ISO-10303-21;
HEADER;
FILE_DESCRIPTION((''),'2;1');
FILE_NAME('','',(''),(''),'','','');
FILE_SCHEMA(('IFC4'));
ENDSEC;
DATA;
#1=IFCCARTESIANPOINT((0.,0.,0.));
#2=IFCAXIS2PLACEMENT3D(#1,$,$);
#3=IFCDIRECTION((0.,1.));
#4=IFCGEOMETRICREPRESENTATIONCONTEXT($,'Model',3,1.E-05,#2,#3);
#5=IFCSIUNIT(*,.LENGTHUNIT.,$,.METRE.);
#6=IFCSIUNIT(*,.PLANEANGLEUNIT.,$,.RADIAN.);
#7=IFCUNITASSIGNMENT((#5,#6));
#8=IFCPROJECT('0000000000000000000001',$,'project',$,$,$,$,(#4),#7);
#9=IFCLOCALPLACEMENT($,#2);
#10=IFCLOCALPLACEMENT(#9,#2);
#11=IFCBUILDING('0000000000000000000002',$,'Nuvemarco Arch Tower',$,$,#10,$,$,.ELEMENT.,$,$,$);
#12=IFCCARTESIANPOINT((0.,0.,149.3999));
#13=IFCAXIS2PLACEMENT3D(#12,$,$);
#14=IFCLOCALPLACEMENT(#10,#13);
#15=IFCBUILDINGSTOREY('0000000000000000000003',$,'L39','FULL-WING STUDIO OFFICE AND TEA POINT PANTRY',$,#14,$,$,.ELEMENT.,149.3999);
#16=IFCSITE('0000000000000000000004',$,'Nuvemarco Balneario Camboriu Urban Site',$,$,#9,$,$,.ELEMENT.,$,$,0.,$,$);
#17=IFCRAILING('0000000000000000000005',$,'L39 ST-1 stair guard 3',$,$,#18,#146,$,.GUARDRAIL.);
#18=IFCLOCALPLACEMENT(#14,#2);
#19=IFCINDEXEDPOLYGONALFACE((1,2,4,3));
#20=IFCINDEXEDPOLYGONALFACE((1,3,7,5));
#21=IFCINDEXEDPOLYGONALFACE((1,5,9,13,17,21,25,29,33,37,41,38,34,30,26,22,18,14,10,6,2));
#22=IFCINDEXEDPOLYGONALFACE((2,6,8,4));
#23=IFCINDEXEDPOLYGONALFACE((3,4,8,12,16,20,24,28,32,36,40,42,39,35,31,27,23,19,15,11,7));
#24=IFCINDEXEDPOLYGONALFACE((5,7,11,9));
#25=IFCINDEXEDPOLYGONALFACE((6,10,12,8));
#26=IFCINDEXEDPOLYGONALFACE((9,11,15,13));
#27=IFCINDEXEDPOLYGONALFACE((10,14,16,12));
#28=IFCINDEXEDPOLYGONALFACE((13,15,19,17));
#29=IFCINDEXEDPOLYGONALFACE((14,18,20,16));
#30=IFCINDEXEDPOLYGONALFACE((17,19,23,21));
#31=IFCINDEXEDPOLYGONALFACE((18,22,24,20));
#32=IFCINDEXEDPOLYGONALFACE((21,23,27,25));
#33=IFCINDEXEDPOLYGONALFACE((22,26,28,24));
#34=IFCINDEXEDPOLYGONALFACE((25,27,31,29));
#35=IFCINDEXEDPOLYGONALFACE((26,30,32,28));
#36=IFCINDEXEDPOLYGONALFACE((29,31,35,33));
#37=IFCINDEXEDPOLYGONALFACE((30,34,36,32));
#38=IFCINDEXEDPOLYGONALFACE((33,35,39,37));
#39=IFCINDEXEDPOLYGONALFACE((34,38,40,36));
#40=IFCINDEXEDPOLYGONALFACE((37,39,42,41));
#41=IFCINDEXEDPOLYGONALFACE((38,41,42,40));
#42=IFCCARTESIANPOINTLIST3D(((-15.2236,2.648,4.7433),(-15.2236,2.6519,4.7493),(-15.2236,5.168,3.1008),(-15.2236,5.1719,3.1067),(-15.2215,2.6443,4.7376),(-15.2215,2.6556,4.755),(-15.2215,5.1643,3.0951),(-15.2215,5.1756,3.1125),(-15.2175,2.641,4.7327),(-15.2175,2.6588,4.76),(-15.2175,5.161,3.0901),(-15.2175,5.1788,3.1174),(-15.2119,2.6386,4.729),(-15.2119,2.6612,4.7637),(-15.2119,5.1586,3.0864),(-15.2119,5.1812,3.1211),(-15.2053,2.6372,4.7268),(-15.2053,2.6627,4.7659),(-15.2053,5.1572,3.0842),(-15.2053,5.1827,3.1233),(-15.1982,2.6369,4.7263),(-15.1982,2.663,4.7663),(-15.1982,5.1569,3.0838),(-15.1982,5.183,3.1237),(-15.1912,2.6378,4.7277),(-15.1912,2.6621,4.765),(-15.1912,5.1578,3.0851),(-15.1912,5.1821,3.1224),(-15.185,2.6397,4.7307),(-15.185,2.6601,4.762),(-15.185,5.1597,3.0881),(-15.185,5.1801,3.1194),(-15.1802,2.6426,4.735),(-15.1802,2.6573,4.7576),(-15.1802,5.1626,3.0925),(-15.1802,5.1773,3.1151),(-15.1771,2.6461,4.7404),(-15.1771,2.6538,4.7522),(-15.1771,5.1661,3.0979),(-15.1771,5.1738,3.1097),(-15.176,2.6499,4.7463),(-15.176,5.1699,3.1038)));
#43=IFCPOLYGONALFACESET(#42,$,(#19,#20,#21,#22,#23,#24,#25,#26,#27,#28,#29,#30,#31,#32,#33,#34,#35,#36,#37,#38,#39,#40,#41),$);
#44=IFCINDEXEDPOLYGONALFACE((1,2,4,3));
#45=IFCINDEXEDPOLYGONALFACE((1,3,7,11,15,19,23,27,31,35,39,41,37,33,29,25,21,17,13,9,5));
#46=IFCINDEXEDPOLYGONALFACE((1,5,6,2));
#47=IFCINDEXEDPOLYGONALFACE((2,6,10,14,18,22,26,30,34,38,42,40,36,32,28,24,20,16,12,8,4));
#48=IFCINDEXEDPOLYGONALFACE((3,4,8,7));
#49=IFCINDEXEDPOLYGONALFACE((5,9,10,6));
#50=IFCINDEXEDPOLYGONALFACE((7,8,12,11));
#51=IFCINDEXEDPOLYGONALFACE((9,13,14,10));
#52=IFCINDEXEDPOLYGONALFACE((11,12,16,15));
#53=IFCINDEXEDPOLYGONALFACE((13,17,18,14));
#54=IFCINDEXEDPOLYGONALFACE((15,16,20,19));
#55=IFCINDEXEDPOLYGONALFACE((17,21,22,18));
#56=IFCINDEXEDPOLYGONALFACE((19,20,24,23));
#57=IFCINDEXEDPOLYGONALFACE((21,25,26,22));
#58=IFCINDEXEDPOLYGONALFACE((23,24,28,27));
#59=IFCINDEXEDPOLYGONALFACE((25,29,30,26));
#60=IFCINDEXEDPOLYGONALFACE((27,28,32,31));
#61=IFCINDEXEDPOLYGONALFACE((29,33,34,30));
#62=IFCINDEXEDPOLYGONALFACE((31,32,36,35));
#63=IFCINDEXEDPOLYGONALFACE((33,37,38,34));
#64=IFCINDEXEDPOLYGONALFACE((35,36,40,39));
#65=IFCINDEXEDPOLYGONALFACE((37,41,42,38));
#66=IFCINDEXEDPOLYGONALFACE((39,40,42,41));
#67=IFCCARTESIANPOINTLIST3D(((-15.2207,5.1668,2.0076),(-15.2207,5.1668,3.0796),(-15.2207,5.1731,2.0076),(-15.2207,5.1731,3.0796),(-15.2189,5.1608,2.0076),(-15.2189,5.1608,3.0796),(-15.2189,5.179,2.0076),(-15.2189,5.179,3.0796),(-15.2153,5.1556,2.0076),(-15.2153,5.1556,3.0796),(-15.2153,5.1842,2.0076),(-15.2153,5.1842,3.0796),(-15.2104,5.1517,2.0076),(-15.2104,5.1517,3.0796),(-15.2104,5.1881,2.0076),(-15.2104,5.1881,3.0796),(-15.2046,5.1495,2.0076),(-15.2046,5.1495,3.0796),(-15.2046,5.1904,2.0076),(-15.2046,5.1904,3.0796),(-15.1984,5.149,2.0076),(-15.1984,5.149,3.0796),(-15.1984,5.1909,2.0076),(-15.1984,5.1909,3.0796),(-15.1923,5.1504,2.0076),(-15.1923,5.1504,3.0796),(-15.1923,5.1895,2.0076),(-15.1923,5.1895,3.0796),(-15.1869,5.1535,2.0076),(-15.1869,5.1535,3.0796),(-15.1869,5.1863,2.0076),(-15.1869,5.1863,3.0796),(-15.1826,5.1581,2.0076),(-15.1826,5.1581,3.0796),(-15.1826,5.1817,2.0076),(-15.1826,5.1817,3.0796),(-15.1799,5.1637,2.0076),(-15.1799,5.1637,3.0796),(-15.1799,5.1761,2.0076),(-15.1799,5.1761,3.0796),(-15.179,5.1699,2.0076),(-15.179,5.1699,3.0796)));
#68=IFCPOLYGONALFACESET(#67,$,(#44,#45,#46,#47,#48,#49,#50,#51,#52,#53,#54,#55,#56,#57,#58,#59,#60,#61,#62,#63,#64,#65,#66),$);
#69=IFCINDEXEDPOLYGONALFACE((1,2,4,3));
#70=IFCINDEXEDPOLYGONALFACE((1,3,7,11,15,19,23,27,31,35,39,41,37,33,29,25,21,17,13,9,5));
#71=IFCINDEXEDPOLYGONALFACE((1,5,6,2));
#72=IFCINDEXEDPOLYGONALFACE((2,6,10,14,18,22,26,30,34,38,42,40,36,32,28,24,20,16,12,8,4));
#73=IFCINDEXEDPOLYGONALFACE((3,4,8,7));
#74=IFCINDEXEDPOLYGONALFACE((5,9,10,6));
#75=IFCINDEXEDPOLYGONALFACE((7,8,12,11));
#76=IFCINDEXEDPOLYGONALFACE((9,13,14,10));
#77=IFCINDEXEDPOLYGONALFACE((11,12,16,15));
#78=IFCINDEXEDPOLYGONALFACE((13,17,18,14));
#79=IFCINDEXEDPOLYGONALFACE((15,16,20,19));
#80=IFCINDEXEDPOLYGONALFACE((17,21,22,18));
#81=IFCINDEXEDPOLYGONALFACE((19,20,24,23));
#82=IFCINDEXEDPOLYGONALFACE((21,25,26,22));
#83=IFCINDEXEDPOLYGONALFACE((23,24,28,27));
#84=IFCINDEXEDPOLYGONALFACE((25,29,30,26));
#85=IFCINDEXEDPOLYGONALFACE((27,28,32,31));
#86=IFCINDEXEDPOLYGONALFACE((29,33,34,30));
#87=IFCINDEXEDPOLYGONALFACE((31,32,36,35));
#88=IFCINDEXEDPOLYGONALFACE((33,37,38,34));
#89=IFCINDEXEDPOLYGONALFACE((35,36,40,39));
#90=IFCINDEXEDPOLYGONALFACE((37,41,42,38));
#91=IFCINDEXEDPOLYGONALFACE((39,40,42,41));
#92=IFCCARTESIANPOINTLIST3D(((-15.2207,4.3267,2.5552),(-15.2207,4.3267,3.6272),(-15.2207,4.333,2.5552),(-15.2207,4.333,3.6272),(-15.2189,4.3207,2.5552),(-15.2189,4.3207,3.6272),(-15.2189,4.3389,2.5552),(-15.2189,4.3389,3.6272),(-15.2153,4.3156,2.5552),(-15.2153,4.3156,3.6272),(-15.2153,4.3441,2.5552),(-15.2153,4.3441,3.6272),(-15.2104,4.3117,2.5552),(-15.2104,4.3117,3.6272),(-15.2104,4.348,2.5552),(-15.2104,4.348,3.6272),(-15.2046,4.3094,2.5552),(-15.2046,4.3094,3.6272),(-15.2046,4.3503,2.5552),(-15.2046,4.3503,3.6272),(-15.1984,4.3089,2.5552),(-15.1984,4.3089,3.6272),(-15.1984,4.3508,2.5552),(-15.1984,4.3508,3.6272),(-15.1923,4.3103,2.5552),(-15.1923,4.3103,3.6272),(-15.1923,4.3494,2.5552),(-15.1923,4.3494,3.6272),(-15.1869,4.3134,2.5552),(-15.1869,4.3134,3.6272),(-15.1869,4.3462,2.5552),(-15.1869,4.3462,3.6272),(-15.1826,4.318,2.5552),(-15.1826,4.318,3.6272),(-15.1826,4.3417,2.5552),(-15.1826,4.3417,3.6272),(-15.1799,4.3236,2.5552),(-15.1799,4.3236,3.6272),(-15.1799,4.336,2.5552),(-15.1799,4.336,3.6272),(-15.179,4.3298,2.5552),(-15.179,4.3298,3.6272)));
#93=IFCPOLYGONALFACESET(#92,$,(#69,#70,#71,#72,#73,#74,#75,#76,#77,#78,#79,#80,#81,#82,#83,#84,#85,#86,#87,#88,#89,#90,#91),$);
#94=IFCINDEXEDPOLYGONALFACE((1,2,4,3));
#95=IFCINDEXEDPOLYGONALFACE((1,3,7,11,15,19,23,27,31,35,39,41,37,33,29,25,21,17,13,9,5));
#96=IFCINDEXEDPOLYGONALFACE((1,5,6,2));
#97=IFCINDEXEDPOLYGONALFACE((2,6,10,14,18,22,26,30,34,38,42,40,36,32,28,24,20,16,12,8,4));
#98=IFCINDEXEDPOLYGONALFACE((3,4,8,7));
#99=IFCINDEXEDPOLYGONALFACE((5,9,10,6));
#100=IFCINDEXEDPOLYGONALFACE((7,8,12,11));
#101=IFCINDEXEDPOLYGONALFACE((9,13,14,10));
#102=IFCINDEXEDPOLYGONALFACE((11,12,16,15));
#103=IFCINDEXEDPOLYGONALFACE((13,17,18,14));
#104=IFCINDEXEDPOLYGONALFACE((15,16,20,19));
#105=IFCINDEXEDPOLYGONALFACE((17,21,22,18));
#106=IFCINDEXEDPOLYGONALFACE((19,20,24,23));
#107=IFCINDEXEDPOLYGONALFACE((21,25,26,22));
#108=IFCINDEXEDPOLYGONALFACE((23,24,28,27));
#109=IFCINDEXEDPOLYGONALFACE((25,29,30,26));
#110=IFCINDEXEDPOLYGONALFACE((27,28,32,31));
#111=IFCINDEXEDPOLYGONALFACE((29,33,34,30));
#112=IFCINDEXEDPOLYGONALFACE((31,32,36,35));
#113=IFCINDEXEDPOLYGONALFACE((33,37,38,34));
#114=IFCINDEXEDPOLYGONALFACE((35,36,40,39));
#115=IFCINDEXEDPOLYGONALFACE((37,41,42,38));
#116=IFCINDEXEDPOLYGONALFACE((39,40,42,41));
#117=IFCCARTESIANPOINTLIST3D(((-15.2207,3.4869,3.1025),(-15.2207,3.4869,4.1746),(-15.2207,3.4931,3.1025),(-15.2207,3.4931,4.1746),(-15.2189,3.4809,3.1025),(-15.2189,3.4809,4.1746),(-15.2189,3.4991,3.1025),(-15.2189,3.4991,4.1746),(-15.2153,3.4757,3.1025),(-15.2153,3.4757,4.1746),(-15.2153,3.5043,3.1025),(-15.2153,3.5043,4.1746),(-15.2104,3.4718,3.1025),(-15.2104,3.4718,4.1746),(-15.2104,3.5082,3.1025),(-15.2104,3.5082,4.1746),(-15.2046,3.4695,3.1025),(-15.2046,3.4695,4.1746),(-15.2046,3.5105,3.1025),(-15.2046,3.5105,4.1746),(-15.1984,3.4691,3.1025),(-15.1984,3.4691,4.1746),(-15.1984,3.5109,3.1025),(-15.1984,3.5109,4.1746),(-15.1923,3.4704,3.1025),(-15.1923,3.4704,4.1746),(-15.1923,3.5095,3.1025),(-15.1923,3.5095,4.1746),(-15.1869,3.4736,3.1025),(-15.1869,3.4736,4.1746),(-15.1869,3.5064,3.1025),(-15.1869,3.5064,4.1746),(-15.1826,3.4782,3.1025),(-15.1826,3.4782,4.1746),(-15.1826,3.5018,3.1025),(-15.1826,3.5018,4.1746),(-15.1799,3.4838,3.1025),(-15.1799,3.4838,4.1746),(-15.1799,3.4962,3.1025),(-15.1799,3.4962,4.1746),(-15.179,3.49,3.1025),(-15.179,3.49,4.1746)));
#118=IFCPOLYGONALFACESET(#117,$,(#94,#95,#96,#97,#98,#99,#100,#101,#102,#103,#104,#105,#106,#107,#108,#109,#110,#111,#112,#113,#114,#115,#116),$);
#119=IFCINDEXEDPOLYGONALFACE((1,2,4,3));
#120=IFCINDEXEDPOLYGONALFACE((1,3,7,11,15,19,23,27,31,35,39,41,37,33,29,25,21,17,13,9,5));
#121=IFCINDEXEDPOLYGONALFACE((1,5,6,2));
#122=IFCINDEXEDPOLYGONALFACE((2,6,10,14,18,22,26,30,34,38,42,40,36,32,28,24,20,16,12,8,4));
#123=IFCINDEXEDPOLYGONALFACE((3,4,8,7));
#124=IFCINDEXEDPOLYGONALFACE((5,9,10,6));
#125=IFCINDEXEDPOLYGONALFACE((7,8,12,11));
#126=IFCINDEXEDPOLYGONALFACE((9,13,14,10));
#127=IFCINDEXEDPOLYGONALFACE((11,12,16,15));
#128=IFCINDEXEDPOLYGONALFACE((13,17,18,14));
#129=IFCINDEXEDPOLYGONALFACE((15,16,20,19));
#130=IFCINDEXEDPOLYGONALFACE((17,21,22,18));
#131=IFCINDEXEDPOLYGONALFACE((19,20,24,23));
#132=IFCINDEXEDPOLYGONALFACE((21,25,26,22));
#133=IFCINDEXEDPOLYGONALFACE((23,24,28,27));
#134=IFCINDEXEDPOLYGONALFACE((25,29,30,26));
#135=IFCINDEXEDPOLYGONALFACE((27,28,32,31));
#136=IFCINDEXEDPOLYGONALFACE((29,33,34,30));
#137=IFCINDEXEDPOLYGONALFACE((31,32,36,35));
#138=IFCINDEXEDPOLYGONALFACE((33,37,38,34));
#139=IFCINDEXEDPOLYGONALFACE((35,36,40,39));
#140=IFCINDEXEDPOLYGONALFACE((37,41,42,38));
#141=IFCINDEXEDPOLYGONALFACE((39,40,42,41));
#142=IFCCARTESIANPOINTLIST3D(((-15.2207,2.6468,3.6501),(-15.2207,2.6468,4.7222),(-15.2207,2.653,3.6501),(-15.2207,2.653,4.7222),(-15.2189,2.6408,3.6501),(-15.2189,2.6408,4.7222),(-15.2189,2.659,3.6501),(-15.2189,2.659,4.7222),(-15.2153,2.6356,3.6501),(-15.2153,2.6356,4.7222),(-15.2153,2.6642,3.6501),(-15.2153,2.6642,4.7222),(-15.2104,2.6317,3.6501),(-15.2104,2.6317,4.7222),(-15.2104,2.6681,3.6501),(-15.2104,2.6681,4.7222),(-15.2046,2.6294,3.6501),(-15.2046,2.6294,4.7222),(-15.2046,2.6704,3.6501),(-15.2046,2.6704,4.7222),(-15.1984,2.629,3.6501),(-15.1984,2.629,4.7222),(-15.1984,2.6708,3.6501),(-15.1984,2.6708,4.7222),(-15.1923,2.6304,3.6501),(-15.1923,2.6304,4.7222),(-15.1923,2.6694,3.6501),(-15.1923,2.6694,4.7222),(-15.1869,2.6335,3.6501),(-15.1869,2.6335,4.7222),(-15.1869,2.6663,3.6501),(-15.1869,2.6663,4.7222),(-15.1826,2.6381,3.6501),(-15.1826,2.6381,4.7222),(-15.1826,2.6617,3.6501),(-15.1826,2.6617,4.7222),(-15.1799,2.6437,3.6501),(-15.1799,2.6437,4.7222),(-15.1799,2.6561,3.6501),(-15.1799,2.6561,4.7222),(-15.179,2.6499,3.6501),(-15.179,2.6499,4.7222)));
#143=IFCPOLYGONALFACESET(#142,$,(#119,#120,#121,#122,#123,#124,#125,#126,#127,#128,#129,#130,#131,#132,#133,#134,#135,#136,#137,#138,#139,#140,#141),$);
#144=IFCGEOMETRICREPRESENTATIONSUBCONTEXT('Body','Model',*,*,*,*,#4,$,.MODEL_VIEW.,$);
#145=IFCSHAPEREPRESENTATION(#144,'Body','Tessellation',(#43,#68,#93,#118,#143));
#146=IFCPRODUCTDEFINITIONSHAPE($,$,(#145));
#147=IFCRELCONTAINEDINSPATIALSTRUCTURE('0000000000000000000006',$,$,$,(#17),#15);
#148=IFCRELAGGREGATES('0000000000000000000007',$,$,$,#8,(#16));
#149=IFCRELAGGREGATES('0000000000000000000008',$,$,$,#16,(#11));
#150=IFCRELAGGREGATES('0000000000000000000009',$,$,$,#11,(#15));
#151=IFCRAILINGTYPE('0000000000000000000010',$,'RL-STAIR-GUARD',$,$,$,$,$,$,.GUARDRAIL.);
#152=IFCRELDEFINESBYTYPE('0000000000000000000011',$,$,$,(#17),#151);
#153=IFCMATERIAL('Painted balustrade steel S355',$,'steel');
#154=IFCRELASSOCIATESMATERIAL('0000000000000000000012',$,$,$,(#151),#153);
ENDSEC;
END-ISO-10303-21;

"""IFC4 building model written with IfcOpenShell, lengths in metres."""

from ifc_helpers import new_model, si_unit, direction, frame, origin, origin_2d, place, context, subcontext, project, spatial, circle, extrude, material, type_object, element, save


model = new_model("IFC4")

# Units and contexts
model_context = context("Model", 3, precision=1e-05, world=origin(), true_north=direction((0.0, 1.0)))
body_context = subcontext(model_context, "Body", "Model", "MODEL_VIEW")
ifc_project = project(units=[si_unit("LENGTHUNIT", "METRE"), si_unit("PLANEANGLEUNIT", "RADIAN")], contexts=[model_context])

# Site, building, storey
site_placement = place(None, origin())
site = spatial("IfcSite", under=ifc_project, at=site_placement, Name="Nuvemarco Balneario Camboriu Urban Site", CompositionType="ELEMENT", RefElevation=0.0)
building_placement = place(site_placement, origin())
building = spatial("IfcBuilding", under=site, at=building_placement, Name="Nuvemarco Arch Tower", CompositionType="ELEMENT")
storey_placement = place(building_placement, frame((0.0, 0.0, 149.3999)))
storey = spatial("IfcBuildingStorey", under=building, at=storey_placement, Name="L39", Description="FULL-WING STUDIO OFFICE AND TEA POINT PANTRY", CompositionType="ELEMENT", Elevation=149.3999)

# Railing
ifc_material_1 = material(Name="Painted balustrade steel S355", Category="steel")
railing_type_1 = type_object("IfcRailingType", Name="RL-STAIR-GUARD", PredefinedType="GUARDRAIL", material=ifc_material_1)
railing_1_placement = place(storey_placement, frame((-15.2, 5.1699, 2.0076)))
element("IfcRailing", 1, at=railing_1_placement, inside=storey, type_object=railing_type_1, Name="L39 ST-1 stair guard 3", PredefinedType="GUARDRAIL", context=body_context, shape_type="SweptSolid", body=[
    extrude(circle(Radius=0.0239, at=origin_2d()), frame((0.0, 0.0, 1.0962), z_axis=(0.0, -0.837749, 0.546055), x_axis=(1.0, 0.0, 0.0)), (0.0, 0.0, 1.0), 3.0081),
    extrude(circle(Radius=0.021, at=origin_2d()), origin(), (0.0, 0.0, 1.0), 1.072),
    extrude(circle(Radius=0.021, at=origin_2d()), frame((0.0, -0.8401, 0.5476)), (0.0, 0.0, 1.0), 1.072),
    extrude(circle(Radius=0.021, at=origin_2d()), frame((0.0, -1.6799, 1.095)), (0.0, 0.0, 1.0), 1.072),
    extrude(circle(Radius=0.021, at=origin_2d()), frame((0.0, -2.52, 1.6426)), (0.0, 0.0, 1.0), 1.072),
])

save(model, "model.ifc")
